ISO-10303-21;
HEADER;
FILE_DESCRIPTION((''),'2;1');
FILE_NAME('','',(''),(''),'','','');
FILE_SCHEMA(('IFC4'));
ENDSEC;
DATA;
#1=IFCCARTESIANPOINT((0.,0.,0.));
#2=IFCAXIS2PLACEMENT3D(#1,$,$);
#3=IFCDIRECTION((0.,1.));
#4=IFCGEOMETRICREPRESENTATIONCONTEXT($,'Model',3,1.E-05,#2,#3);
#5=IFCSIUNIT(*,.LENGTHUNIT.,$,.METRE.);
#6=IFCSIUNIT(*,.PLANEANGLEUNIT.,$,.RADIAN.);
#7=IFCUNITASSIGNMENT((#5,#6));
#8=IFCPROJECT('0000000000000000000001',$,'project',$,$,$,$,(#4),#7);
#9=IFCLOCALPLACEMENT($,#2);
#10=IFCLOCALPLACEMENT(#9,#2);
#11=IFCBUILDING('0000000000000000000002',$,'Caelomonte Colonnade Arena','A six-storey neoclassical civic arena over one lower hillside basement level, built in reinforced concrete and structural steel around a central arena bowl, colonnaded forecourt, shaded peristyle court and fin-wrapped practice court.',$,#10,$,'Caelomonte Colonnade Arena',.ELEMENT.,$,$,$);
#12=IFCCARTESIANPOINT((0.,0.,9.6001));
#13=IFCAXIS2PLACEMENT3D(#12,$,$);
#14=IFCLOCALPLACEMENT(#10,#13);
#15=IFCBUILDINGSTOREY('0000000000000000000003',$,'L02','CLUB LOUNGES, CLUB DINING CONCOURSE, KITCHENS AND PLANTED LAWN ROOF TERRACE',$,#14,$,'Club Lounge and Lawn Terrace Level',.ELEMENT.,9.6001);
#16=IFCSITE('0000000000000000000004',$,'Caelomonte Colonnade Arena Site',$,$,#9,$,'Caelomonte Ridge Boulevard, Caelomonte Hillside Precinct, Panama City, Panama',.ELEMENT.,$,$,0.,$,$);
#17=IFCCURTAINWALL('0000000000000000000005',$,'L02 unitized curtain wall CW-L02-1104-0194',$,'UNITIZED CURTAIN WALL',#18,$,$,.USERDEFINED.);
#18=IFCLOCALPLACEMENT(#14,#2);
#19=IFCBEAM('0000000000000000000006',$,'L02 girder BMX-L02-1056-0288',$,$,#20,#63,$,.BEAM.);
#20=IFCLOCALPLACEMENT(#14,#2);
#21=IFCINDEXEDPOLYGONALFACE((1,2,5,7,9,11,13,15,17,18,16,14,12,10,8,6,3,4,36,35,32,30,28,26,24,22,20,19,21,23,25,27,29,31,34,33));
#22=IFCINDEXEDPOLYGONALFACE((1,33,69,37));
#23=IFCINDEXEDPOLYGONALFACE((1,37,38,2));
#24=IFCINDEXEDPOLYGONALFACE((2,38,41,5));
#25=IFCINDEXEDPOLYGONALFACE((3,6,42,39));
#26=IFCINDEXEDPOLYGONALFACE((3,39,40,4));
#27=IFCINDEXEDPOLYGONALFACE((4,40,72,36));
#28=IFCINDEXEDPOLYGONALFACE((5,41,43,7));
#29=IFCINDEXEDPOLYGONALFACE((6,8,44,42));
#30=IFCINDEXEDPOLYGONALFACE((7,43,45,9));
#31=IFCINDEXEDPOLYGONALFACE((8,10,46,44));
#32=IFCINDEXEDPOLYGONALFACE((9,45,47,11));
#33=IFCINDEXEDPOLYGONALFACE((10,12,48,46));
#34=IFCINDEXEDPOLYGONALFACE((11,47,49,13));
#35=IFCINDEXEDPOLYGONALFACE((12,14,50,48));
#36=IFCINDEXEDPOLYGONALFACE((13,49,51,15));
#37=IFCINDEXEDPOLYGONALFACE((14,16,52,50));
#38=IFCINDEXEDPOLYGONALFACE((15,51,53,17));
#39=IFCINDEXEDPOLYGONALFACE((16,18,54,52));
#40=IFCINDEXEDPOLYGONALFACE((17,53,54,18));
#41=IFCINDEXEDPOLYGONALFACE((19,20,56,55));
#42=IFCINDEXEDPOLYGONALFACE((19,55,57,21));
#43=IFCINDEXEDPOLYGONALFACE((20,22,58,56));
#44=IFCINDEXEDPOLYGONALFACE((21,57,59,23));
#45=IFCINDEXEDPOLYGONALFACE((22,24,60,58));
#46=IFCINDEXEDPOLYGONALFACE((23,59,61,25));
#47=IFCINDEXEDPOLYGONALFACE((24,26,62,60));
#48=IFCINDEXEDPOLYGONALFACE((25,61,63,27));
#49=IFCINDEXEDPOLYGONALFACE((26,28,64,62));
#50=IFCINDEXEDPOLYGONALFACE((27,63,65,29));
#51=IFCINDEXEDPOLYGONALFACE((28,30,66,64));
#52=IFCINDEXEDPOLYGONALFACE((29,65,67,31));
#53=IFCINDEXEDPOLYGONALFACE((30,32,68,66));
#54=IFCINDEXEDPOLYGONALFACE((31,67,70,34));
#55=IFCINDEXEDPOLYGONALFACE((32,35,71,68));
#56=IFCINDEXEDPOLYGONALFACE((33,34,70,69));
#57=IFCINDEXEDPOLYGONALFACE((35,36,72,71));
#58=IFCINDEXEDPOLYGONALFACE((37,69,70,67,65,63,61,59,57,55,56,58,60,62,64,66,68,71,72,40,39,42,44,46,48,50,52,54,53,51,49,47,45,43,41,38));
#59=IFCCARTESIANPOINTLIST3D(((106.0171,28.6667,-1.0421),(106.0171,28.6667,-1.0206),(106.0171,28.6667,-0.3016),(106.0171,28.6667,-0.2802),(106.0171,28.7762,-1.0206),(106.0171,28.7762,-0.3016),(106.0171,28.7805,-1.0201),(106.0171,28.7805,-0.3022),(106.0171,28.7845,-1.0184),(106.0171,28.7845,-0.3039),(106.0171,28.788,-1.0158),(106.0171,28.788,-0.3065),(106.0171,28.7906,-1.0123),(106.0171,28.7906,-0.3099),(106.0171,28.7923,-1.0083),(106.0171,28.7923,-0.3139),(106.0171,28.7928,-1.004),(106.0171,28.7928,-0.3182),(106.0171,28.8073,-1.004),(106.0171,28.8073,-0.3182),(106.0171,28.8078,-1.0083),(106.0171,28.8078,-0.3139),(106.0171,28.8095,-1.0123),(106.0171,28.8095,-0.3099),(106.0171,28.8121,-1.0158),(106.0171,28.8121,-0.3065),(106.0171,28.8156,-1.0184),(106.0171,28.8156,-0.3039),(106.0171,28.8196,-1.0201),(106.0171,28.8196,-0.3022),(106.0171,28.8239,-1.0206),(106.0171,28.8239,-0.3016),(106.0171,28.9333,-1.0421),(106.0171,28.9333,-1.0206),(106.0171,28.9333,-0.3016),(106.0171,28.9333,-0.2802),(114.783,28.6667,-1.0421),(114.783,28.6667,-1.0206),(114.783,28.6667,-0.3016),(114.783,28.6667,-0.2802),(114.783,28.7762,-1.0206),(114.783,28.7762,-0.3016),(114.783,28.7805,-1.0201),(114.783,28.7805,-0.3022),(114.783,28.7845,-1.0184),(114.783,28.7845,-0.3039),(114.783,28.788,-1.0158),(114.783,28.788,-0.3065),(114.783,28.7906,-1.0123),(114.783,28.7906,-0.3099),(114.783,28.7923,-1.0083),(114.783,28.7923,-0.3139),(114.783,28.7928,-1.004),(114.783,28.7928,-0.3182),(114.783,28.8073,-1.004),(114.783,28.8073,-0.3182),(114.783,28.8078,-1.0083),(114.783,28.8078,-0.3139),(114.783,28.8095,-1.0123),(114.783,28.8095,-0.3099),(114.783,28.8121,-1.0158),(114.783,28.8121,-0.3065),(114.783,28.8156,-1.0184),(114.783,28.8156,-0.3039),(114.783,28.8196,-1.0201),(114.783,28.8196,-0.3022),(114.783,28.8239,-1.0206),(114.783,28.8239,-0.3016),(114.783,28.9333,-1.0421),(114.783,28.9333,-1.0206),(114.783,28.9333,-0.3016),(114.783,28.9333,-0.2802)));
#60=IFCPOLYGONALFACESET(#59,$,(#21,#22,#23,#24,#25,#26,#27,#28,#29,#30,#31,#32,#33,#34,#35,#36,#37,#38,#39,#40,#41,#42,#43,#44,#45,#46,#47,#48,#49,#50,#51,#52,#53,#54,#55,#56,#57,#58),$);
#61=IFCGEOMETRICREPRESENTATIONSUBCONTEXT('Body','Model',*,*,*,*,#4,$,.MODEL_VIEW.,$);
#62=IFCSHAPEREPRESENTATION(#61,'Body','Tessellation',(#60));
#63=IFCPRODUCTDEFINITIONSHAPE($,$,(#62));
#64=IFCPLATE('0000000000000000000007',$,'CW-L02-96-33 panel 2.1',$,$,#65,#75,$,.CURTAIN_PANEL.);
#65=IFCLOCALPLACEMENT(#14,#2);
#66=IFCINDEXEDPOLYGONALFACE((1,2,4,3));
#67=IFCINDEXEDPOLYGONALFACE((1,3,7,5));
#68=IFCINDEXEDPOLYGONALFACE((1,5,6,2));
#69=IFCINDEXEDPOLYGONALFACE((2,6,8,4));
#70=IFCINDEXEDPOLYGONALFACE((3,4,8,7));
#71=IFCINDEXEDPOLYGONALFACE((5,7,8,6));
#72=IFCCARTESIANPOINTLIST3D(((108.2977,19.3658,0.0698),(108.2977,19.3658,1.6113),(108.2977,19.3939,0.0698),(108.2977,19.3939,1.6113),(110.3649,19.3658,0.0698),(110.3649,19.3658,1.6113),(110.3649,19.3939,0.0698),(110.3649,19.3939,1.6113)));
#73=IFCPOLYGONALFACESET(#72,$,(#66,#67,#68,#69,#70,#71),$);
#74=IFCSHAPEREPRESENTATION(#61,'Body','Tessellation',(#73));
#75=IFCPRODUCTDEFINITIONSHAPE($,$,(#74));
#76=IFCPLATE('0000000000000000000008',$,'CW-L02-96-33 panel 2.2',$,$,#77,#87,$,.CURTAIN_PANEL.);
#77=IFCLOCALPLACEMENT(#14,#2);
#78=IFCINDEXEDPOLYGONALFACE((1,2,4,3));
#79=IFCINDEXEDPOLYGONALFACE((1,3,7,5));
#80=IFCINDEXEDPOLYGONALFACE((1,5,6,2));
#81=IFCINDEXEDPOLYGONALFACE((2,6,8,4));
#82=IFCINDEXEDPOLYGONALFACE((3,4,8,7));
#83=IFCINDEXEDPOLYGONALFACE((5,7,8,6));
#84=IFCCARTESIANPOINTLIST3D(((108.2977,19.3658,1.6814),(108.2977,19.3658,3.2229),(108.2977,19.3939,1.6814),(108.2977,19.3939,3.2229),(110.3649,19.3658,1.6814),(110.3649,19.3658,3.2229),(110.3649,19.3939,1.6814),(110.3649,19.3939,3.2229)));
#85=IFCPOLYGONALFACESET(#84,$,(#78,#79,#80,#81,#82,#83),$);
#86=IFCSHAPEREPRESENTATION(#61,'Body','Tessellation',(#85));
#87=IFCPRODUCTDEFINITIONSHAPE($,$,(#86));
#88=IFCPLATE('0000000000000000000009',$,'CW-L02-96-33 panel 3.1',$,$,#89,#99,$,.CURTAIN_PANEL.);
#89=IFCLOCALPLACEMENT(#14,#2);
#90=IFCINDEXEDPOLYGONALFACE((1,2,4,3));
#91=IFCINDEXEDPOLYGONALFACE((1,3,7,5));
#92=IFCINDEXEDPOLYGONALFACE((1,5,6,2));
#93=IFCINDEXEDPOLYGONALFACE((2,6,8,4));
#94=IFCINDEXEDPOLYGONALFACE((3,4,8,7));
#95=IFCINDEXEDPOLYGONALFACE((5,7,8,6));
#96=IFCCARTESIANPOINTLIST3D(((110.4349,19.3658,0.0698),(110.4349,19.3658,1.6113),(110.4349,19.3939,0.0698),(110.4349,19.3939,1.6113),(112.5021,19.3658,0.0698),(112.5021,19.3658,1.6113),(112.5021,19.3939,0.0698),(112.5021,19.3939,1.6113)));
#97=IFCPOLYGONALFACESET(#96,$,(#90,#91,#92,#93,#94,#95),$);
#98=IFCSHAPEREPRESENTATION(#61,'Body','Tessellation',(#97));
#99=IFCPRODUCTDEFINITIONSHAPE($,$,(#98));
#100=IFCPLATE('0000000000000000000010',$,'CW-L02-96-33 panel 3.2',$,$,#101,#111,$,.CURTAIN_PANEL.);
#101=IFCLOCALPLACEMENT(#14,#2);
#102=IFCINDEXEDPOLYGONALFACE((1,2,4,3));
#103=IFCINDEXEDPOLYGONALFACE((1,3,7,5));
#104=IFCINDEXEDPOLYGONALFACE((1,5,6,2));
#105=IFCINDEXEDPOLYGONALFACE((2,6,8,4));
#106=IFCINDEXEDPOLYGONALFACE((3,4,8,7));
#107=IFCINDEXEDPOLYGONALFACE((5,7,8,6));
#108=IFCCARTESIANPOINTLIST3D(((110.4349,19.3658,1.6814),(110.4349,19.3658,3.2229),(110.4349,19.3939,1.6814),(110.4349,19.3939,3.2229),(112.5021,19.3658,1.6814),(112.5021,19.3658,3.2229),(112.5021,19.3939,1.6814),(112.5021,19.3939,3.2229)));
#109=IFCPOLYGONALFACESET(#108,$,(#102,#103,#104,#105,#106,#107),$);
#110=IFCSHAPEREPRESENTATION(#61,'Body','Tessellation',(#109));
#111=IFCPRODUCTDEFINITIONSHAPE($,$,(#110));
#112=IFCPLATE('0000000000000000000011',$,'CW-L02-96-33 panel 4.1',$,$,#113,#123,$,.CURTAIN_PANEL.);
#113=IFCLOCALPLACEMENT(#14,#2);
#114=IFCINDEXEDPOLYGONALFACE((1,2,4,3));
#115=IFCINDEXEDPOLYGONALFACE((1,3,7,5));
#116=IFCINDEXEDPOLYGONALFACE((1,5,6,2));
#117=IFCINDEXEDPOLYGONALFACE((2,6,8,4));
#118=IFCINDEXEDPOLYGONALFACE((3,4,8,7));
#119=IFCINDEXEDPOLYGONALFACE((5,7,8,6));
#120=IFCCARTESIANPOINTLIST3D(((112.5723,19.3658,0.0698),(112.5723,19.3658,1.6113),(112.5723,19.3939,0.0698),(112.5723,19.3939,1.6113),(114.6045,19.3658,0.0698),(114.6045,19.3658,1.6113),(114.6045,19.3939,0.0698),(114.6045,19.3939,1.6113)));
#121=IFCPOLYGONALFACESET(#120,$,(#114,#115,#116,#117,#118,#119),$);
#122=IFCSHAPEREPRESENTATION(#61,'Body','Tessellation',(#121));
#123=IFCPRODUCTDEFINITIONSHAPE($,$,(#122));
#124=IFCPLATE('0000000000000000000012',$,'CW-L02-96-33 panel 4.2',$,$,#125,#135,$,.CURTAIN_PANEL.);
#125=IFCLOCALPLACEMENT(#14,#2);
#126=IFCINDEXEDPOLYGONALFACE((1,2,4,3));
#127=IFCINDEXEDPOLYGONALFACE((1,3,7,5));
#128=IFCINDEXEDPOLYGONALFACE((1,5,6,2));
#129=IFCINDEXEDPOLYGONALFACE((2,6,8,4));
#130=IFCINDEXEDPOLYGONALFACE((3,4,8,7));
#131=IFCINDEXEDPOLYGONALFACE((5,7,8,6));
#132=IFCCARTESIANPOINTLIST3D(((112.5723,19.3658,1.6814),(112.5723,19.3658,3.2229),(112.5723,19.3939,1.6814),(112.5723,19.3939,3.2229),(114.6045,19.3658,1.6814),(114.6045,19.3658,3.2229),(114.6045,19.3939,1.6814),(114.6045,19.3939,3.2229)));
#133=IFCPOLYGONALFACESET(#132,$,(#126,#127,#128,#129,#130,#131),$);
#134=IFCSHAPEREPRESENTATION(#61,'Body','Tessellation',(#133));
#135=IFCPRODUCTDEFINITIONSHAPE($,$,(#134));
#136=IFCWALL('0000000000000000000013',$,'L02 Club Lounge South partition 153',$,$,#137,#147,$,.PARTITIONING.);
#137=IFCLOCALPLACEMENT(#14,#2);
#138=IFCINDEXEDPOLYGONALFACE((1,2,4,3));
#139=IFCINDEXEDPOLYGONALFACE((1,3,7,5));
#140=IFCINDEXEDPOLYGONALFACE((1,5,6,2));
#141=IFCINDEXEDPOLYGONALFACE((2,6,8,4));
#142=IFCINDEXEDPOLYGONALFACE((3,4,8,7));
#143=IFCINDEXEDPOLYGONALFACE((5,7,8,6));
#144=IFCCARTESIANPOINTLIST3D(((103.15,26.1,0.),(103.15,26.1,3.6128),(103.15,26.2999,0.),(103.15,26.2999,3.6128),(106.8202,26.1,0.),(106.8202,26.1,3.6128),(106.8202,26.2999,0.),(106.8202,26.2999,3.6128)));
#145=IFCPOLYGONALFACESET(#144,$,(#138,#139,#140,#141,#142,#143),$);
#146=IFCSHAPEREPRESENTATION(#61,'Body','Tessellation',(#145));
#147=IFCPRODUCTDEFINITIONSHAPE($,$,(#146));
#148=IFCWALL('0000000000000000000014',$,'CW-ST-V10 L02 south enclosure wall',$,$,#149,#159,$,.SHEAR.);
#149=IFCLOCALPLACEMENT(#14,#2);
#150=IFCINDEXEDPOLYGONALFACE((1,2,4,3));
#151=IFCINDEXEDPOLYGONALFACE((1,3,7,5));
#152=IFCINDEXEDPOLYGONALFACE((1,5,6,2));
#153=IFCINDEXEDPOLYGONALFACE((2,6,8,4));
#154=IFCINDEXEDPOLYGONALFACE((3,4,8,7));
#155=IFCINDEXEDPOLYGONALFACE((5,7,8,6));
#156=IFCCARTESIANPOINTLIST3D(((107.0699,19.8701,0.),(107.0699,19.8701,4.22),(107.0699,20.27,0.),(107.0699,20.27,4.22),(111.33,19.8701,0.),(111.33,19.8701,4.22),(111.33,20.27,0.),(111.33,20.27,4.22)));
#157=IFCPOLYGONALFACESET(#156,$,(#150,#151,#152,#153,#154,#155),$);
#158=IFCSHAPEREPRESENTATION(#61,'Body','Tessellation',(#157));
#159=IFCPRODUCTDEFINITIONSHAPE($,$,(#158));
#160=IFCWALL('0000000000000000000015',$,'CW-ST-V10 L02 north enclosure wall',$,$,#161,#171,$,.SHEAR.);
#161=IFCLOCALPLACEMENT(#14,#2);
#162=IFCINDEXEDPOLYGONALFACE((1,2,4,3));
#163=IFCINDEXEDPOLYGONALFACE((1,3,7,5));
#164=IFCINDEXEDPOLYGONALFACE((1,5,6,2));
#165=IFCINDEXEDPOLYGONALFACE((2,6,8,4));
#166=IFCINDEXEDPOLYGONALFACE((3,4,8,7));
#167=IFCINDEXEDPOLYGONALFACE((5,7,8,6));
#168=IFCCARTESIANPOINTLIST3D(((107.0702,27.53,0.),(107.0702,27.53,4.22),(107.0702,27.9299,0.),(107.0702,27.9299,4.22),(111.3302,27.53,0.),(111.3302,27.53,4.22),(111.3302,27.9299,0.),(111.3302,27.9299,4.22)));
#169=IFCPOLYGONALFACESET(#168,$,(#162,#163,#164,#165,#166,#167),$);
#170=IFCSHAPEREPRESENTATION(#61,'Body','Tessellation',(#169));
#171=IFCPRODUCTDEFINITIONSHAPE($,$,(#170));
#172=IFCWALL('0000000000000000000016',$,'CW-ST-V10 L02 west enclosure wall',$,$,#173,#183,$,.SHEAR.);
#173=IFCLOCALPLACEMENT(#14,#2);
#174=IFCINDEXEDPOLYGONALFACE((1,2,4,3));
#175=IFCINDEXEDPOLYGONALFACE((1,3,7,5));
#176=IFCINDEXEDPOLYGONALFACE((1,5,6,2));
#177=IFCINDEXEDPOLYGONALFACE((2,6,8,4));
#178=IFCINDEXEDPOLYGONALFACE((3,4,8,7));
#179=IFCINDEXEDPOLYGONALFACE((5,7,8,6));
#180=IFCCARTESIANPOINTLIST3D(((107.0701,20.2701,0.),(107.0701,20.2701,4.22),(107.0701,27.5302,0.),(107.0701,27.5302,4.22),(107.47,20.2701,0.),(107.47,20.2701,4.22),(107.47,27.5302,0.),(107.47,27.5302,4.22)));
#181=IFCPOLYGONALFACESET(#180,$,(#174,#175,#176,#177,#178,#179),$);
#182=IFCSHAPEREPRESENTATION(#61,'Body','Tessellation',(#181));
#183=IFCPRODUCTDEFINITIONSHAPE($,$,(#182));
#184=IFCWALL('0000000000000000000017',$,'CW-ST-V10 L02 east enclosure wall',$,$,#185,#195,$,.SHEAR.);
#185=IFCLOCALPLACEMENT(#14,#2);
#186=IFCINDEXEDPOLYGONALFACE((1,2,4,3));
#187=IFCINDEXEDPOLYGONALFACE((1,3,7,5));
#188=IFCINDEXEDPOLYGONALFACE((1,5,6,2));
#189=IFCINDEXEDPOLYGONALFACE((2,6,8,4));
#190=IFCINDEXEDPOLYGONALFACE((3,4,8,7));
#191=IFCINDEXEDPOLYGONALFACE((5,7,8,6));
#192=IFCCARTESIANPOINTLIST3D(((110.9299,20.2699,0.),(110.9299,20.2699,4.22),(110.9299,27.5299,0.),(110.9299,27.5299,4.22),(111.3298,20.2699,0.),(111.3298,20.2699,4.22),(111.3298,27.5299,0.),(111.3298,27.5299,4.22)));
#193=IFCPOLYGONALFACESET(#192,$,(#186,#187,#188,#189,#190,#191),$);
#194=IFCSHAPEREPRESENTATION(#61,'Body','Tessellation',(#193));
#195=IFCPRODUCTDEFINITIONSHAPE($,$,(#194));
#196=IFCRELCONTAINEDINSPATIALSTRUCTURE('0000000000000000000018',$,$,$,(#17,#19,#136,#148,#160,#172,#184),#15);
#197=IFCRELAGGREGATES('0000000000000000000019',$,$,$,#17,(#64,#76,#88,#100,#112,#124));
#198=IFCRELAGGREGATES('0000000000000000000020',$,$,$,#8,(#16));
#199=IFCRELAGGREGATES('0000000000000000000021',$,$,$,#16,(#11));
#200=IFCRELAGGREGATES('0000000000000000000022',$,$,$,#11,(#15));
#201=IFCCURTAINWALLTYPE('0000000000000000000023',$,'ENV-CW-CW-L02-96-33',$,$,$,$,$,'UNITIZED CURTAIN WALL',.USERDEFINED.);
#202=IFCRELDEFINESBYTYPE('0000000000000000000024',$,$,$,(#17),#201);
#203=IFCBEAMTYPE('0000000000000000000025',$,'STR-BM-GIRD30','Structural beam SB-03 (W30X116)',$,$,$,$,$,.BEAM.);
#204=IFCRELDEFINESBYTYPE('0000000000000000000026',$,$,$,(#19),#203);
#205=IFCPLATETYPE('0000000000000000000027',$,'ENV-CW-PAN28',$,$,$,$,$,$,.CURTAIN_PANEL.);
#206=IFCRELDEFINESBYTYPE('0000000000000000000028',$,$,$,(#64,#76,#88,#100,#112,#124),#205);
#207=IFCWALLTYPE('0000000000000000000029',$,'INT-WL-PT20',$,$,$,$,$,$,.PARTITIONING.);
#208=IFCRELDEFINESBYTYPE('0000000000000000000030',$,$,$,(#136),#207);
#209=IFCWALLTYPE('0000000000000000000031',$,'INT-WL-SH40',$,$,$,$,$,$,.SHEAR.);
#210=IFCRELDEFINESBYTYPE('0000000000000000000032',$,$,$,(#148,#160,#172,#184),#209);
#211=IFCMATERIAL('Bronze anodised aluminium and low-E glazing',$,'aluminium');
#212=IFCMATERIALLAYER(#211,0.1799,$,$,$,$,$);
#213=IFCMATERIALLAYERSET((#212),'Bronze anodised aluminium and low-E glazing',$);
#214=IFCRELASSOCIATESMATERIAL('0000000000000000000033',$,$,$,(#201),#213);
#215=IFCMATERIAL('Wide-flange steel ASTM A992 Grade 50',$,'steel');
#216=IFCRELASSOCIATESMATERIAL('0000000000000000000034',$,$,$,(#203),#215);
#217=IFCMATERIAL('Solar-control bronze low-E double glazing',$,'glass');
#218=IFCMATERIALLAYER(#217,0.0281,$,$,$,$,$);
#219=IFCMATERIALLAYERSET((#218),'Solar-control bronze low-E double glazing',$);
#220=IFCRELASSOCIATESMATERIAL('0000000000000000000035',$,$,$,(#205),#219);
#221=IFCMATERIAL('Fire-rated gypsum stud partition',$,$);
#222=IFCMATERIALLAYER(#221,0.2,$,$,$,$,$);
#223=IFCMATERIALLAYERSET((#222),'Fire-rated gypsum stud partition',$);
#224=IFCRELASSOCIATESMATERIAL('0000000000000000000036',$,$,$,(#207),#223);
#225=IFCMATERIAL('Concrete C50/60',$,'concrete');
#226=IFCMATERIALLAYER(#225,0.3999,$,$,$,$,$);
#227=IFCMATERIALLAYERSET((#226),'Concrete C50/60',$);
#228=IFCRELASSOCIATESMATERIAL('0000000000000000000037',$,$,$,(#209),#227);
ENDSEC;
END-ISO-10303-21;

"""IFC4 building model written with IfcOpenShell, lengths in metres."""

from ifc_helpers import new_model, si_unit, direction, frame, frame_2d, origin, origin_2d, place, context, subcontext, project, spatial, rectangle, i_section, extrude, material, layer, layer_set, material_profile, profile_set, type_object, element, aggregate, save


model = new_model("IFC4")

# Units and contexts
model_context = context("Model", 3, precision=1e-05, world=origin(), true_north=direction((0.0, 1.0)))
body_context = subcontext(model_context, "Body", "Model", "MODEL_VIEW")
ifc_project = project(units=[si_unit("LENGTHUNIT", "METRE"), si_unit("PLANEANGLEUNIT", "RADIAN")], contexts=[model_context])

# Site, building, storey
site_placement = place(None, origin())
site = spatial("IfcSite", under=ifc_project, at=site_placement, Name="Caelomonte Colonnade Arena Site", LongName="Caelomonte Ridge Boulevard, Caelomonte Hillside Precinct, Panama City, Panama", CompositionType="ELEMENT", RefElevation=0.0)
building_placement = place(site_placement, origin())
building = spatial("IfcBuilding", under=site, at=building_placement, Name="Caelomonte Colonnade Arena", Description="A six-storey neoclassical civic arena over one lower hillside basement level, built in reinforced concrete and structural steel around a central arena bowl, colonnaded forecourt, shaded peristyle court and fin-wrapped practice court.", LongName="Caelomonte Colonnade Arena", CompositionType="ELEMENT")
storey_placement = place(building_placement, frame((0.0, 0.0, 9.6001)))
storey = spatial("IfcBuildingStorey", under=building, at=storey_placement, Name="L02", Description="CLUB LOUNGES, CLUB DINING CONCOURSE, KITCHENS AND PLANTED LAWN ROOF TERRACE", LongName="Club Lounge and Lawn Terrace Level", CompositionType="ELEMENT", Elevation=9.6001)

# Curtain wall
ifc_material_1 = material(Name="Bronze anodised aluminium and low-E glazing", Category="aluminium")
ifc_layer_1 = layer(ifc_material_1, 0.1799)
ifc_layer_set_1 = layer_set([ifc_layer_1], Name="Bronze anodised aluminium and low-E glazing")
curtain_wall_type = type_object("IfcCurtainWallType", Name="ENV-CW-CW-L02-96-33", ElementType="UNITIZED CURTAIN WALL", PredefinedType="USERDEFINED", material=ifc_layer_set_1)
curtain_wall_placement = place(storey_placement, origin())
curtain_wall = element("IfcCurtainWall", 1, at=curtain_wall_placement, inside=storey, type_object=curtain_wall_type, Name="L02 unitized curtain wall CW-L02-1104-0194", ObjectType="UNITIZED CURTAIN WALL", PredefinedType="USERDEFINED")

# Beam
ifc_material_2 = material(Name="Wide-flange steel ASTM A992 Grade 50", Category="steel")
ifc_material_profile_1 = material_profile(ifc_material_2, i_section(OverallWidth=0.2666, OverallDepth=0.762, WebThickness=0.0144, FlangeThickness=0.0215, FilletRadius=0.0166, at=origin_2d()), Name="W30X116")
ifc_profile_set_1 = profile_set([ifc_material_profile_1], Name="Wide-flange steel ASTM A992 Grade 50")
beam_type_1 = type_object("IfcBeamType", Name="STR-BM-GIRD30", Description="Structural beam SB-03 (W30X116)", PredefinedType="BEAM", material=ifc_profile_set_1)
beam_1_placement = place(storey_placement, frame((106.0171, 28.8, -0.6611), z_axis=(1.0, 0.0, 0.0), x_axis=(0.0, 1.0, 0.0)))
element("IfcBeam", 2, at=beam_1_placement, inside=storey, type_object=beam_type_1, Name="L02 girder BMX-L02-1056-0288", PredefinedType="BEAM", context=body_context, shape_type="SweptSolid", body=[
    extrude(i_section(OverallWidth=0.2666, OverallDepth=0.762, WebThickness=0.0144, FlangeThickness=0.0215, FilletRadius=0.0166, at=origin_2d()), origin(), (0.0, 0.0, 1.0), 8.7659),
])

# Plates
ifc_material_3 = material(Name="Solar-control bronze low-E double glazing", Category="glass")
ifc_layer_2 = layer(ifc_material_3, 0.0281)
ifc_layer_set_2 = layer_set([ifc_layer_2], Name="Solar-control bronze low-E double glazing")
plate_type = type_object("IfcPlateType", Name="ENV-CW-PAN28", PredefinedType="CURTAIN_PANEL", material=ifc_layer_set_2)
plate_1_placement = place(storey_placement, frame((109.3313, 19.3799, 0.0698), z_axis=(0.0, 0.0, 1.0), x_axis=(1.0, 0.0, 0.0)))
plate_1 = element("IfcPlate", 3, at=plate_1_placement, type_object=plate_type, Name="CW-L02-96-33 panel 2.1", PredefinedType="CURTAIN_PANEL", context=body_context, shape_type="SweptSolid", body=[
    extrude(rectangle(XDim=2.0671, YDim=0.0281, at=origin_2d()), origin(), (0.0, 0.0, 1.0), 1.5415),
])
plate_2_placement = place(storey_placement, frame((109.3313, 19.3799, 1.6814), z_axis=(0.0, 0.0, 1.0), x_axis=(1.0, 0.0, 0.0)))
plate_2 = element("IfcPlate", 4, at=plate_2_placement, type_object=plate_type, Name="CW-L02-96-33 panel 2.2", PredefinedType="CURTAIN_PANEL", context=body_context, shape_type="SweptSolid", body=[
    extrude(rectangle(XDim=2.0671, YDim=0.0281, at=origin_2d()), origin(), (0.0, 0.0, 1.0), 1.5415),
])
plate_3_placement = place(storey_placement, frame((111.4685, 19.3799, 0.0698), z_axis=(0.0, 0.0, 1.0), x_axis=(1.0, 0.0, 0.0)))
plate_3 = element("IfcPlate", 5, at=plate_3_placement, type_object=plate_type, Name="CW-L02-96-33 panel 3.1", PredefinedType="CURTAIN_PANEL", context=body_context, shape_type="SweptSolid", body=[
    extrude(rectangle(XDim=2.0671, YDim=0.0281, at=origin_2d()), origin(), (0.0, 0.0, 1.0), 1.5415),
])
plate_4_placement = place(storey_placement, frame((111.4685, 19.3799, 1.6814), z_axis=(0.0, 0.0, 1.0), x_axis=(1.0, 0.0, 0.0)))
plate_4 = element("IfcPlate", 6, at=plate_4_placement, type_object=plate_type, Name="CW-L02-96-33 panel 3.2", PredefinedType="CURTAIN_PANEL", context=body_context, shape_type="SweptSolid", body=[
    extrude(rectangle(XDim=2.0671, YDim=0.0281, at=origin_2d()), origin(), (0.0, 0.0, 1.0), 1.5415),
])
plate_5_placement = place(storey_placement, frame((113.5884, 19.3799, 0.0698), z_axis=(0.0, 0.0, 1.0), x_axis=(1.0, 0.0, 0.0)))
plate_5 = element("IfcPlate", 7, at=plate_5_placement, type_object=plate_type, Name="CW-L02-96-33 panel 4.1", PredefinedType="CURTAIN_PANEL", context=body_context, shape_type="SweptSolid", body=[
    extrude(rectangle(XDim=2.0322, YDim=0.0281, at=origin_2d()), origin(), (0.0, 0.0, 1.0), 1.5415),
])
plate_6_placement = place(storey_placement, frame((113.5884, 19.3799, 1.6814), z_axis=(0.0, 0.0, 1.0), x_axis=(1.0, 0.0, 0.0)))
plate_6 = element("IfcPlate", 8, at=plate_6_placement, type_object=plate_type, Name="CW-L02-96-33 panel 4.2", PredefinedType="CURTAIN_PANEL", context=body_context, shape_type="SweptSolid", body=[
    extrude(rectangle(XDim=2.0322, YDim=0.0281, at=origin_2d()), origin(), (0.0, 0.0, 1.0), 1.5415),
])
aggregate(curtain_wall, [plate_1, plate_2, plate_3, plate_4, plate_5, plate_6])

# Walls
ifc_material_4 = material(Name="Fire-rated gypsum stud partition")
ifc_layer_3 = layer(ifc_material_4, 0.2)
ifc_layer_set_3 = layer_set([ifc_layer_3], Name="Fire-rated gypsum stud partition")
wall_type_1 = type_object("IfcWallType", Name="INT-WL-PT20", PredefinedType="PARTITIONING", material=ifc_layer_set_3)
wall_placement = place(storey_placement, frame((106.8201, 26.2, 0.0), z_axis=(0.0, 0.0, 1.0), x_axis=(-1.0, 0.0, 0.0)))
element("IfcWall", 9, at=wall_placement, inside=storey, type_object=wall_type_1, Name="L02 Club Lounge South partition 153", PredefinedType="PARTITIONING", context=body_context, shape_type="SweptSolid", body=[
    extrude(rectangle(XDim=3.6702, YDim=0.2, at=frame_2d((1.835, 0.0))), origin(), (0.0, 0.0, 1.0), 3.6128),
])
ifc_material_5 = material(Name="Concrete C50/60", Category="concrete")
ifc_layer_4 = layer(ifc_material_5, 0.3999)
ifc_layer_set_4 = layer_set([ifc_layer_4], Name="Concrete C50/60")
wall_type_2 = type_object("IfcWallType", Name="INT-WL-SH40", PredefinedType="SHEAR", material=ifc_layer_set_4)
for number, where, z_axis, x_axis, name in (
    (10, (107.0701, 20.0701, 0.0), (0.0, 0.0, 1.0), (1.0, 0.0, 0.0), "CW-ST-V10 L02 south enclosure wall"),
    (11, (111.3301, 27.73, 0.0), (0.0, 0.0, 1.0), (-1.0, 0.0, 0.0), "CW-ST-V10 L02 north enclosure wall"),
):
    element("IfcWall", number, at=place(storey_placement, frame(where, z_axis=z_axis, x_axis=x_axis)), inside=storey, type_object=wall_type_2, Name=name, PredefinedType="SHEAR", context=body_context, shape_type="SweptSolid", body=[
        extrude(rectangle(XDim=4.26, YDim=0.3999, at=frame_2d((2.1299, 0.0))), origin(), (0.0, 0.0, 1.0), 4.22),
    ])
for number, where, z_axis, x_axis, name in (
    (12, (107.27, 27.53, 0.0), (0.0, 0.0, 1.0), (0.0, -1.0, 0.0), "CW-ST-V10 L02 west enclosure wall"),
    (13, (111.1299, 20.27, 0.0), (0.0, 0.0, 1.0), (0.0, 1.0, 0.0), "CW-ST-V10 L02 east enclosure wall"),
):
    element("IfcWall", number, at=place(storey_placement, frame(where, z_axis=z_axis, x_axis=x_axis)), inside=storey, type_object=wall_type_2, Name=name, PredefinedType="SHEAR", context=body_context, shape_type="SweptSolid", body=[
        extrude(rectangle(XDim=7.26, YDim=0.3999, at=frame_2d((3.6299, 0.0))), origin(), (0.0, 0.0, 1.0), 4.22),
    ])

save(model, "model.ifc")
